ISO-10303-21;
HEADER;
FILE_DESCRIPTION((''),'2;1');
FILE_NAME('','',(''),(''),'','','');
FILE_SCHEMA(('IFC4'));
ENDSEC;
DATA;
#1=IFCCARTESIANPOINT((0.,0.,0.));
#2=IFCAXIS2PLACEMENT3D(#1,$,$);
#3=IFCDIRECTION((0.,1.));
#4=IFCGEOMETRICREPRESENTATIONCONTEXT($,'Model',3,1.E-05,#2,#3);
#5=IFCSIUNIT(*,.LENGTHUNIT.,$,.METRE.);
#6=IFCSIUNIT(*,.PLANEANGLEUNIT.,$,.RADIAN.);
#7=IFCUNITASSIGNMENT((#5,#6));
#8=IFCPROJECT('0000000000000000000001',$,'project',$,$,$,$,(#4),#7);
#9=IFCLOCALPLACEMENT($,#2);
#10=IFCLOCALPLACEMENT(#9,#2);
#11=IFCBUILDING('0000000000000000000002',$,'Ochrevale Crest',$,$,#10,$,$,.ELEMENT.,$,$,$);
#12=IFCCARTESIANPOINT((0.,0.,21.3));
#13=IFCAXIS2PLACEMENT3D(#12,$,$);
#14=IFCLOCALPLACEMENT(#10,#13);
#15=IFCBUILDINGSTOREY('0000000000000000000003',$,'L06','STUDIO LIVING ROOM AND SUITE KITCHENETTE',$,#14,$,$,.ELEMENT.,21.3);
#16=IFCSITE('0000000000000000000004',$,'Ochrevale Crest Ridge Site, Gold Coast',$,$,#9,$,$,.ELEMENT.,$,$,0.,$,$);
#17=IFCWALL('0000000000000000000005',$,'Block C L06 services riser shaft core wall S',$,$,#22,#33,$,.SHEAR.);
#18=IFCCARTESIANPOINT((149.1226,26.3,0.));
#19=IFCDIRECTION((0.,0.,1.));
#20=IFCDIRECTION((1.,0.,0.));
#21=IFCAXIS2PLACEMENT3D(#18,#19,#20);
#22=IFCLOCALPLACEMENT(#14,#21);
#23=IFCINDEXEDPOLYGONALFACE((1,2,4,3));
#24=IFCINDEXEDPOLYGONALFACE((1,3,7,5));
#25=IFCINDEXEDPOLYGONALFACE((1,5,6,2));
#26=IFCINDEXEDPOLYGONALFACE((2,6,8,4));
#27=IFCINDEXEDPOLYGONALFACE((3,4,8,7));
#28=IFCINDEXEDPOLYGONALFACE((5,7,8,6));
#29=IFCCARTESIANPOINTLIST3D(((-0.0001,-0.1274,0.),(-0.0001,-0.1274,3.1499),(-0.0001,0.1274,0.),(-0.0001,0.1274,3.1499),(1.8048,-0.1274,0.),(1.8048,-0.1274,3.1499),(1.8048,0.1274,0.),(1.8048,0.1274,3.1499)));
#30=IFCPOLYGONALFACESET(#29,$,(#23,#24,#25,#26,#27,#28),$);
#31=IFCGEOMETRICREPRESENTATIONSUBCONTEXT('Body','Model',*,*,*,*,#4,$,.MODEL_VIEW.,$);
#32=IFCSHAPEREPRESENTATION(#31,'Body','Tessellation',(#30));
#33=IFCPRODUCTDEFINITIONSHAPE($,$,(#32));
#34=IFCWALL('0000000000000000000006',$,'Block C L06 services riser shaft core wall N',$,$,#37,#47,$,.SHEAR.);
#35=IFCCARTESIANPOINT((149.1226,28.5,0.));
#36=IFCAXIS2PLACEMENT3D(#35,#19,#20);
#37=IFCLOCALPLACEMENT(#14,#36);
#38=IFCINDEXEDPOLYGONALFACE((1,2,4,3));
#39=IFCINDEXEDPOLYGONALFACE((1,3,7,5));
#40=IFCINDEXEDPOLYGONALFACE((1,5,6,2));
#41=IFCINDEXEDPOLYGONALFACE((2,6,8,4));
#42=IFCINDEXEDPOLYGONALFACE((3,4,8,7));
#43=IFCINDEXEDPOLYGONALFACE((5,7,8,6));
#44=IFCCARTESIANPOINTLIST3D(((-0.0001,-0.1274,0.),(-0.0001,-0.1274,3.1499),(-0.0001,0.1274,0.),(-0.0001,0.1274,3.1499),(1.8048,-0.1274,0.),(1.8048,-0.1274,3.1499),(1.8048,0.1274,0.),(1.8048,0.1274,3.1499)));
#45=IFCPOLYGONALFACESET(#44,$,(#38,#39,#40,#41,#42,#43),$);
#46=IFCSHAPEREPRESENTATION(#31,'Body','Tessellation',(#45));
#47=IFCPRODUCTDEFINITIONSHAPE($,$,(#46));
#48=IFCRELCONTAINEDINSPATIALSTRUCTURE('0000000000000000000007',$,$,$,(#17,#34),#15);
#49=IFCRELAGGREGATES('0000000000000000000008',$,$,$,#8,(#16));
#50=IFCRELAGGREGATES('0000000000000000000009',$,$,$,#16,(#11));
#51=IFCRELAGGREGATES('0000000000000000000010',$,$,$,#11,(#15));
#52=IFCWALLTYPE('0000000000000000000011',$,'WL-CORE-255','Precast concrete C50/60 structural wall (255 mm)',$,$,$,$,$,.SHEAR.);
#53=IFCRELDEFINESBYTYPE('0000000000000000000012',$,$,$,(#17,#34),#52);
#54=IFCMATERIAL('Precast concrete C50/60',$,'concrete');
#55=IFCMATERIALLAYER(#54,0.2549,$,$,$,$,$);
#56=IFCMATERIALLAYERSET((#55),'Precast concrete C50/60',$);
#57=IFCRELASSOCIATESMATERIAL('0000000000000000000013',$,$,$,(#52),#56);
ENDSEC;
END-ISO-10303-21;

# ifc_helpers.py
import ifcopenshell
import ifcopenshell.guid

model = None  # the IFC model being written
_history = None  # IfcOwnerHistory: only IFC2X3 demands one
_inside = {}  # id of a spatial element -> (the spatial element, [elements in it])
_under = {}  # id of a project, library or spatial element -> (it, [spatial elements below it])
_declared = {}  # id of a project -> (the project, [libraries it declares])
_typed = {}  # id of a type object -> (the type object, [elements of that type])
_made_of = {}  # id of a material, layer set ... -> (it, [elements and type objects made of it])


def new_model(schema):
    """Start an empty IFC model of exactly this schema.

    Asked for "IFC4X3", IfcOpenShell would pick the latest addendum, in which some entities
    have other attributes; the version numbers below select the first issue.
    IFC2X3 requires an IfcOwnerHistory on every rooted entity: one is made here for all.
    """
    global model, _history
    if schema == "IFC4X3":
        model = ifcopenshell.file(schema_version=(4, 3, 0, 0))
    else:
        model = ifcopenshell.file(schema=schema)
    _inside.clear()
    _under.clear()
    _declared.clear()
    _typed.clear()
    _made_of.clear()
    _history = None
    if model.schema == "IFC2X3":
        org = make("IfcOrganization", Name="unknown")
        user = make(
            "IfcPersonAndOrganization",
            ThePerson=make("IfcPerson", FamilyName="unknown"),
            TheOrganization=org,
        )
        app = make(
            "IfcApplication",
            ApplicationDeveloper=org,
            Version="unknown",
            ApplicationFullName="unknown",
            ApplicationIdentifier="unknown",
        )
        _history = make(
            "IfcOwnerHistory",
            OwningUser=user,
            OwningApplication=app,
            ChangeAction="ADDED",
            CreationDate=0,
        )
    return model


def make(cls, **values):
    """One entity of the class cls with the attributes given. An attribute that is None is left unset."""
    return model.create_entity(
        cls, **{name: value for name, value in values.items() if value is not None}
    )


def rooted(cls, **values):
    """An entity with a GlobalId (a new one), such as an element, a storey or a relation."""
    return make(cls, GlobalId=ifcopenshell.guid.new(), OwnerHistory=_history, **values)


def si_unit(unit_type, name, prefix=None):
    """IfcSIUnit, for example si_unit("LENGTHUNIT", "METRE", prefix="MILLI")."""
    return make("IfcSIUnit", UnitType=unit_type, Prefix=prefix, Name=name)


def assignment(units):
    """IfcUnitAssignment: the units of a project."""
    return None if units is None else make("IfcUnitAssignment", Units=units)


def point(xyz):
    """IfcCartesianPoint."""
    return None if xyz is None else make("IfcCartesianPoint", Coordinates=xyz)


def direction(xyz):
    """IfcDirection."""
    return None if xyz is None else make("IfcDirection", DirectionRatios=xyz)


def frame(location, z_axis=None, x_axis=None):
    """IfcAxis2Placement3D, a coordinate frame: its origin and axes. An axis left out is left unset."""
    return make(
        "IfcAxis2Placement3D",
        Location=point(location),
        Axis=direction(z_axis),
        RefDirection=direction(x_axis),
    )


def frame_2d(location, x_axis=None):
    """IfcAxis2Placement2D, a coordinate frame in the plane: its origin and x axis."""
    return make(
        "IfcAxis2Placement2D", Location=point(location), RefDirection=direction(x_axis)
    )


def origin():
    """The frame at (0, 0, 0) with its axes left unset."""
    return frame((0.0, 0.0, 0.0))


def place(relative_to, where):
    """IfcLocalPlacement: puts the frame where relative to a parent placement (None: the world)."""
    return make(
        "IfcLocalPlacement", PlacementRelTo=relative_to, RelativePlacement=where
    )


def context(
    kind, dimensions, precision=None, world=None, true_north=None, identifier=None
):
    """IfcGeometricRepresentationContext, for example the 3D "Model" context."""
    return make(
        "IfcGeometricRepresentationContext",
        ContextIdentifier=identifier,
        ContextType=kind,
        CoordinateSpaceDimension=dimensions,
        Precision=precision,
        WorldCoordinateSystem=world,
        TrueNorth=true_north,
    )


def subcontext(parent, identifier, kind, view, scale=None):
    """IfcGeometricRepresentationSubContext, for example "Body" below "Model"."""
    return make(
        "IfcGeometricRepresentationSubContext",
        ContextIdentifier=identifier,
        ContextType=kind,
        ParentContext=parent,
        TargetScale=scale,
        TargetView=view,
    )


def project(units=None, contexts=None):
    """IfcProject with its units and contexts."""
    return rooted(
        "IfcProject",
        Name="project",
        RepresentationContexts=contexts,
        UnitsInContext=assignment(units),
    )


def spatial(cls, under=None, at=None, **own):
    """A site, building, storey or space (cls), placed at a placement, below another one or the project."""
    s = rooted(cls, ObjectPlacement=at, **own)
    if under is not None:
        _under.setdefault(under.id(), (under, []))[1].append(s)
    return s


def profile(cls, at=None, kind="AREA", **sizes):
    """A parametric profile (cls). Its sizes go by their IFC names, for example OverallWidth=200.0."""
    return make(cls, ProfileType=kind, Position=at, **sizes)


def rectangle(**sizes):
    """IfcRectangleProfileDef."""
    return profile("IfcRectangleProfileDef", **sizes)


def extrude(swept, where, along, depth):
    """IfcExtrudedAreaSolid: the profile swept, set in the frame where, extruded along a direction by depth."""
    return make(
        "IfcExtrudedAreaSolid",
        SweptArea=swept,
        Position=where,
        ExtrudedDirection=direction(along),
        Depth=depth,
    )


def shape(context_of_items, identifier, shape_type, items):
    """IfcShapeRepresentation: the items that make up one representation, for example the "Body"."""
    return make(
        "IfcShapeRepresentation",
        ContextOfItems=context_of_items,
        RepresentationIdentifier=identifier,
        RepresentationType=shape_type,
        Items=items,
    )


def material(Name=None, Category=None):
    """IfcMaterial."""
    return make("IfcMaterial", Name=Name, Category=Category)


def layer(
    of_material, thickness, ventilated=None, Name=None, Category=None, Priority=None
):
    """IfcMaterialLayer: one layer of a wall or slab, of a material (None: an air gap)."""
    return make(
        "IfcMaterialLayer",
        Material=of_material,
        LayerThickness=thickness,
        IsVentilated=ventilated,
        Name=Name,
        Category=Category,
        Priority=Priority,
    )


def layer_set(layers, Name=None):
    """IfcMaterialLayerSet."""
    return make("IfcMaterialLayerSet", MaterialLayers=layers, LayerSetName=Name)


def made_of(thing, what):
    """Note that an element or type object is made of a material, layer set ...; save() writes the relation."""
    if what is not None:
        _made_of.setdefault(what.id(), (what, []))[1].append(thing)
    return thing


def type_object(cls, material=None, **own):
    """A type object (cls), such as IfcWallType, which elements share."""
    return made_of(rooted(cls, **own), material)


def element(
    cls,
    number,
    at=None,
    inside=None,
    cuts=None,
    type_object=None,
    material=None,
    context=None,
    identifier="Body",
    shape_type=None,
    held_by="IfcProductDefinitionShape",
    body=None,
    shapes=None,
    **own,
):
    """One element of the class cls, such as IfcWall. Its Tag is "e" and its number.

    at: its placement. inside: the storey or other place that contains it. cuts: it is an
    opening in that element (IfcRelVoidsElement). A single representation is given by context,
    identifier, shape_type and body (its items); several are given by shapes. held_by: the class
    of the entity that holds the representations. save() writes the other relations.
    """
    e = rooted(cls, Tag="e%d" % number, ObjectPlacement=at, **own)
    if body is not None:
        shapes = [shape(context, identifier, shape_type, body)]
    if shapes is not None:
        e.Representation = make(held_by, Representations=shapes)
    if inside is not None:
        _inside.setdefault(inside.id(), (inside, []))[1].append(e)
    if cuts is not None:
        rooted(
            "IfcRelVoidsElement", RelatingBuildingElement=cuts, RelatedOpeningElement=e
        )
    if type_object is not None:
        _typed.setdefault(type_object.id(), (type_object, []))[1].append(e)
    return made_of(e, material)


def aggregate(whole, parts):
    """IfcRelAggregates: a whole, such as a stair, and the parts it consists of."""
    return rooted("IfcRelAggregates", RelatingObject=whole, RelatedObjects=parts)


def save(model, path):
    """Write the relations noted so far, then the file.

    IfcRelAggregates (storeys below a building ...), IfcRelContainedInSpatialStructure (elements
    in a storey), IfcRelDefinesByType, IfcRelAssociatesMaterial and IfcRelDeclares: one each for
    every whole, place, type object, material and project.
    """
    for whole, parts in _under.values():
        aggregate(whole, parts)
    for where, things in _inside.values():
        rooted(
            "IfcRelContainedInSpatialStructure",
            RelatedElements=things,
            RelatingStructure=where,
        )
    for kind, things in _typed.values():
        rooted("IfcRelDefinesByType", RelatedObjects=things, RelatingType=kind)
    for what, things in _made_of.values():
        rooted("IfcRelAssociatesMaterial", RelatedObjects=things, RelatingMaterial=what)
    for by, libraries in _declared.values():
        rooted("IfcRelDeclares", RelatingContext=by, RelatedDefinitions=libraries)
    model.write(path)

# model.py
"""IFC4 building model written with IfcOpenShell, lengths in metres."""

from ifc_helpers import new_model, si_unit, direction, frame, frame_2d, origin, place, context, subcontext, project, spatial, rectangle, extrude, material, layer, layer_set, type_object, element, save


model = new_model("IFC4")

# Units and contexts
model_context = context("Model", 3, precision=1e-05, world=origin(), true_north=direction((0.0, 1.0)))
body_context = subcontext(model_context, "Body", "Model", "MODEL_VIEW")
ifc_project = project(units=[si_unit("LENGTHUNIT", "METRE"), si_unit("PLANEANGLEUNIT", "RADIAN")], contexts=[model_context])

# Site, building, storey
site_placement = place(None, origin())
site = spatial("IfcSite", under=ifc_project, at=site_placement, Name="Ochrevale Crest Ridge Site, Gold Coast", CompositionType="ELEMENT", RefElevation=0.0)
building_placement = place(site_placement, origin())
building = spatial("IfcBuilding", under=site, at=building_placement, Name="Ochrevale Crest", CompositionType="ELEMENT")
storey_placement = place(building_placement, frame((0.0, 0.0, 21.3)))
storey = spatial("IfcBuildingStorey", under=building, at=storey_placement, Name="L06", Description="STUDIO LIVING ROOM AND SUITE KITCHENETTE", CompositionType="ELEMENT", Elevation=21.3)

# Shared definitions
ifc_material_1 = material(Name="Precast concrete C50/60", Category="concrete")

# Shared definitions
ifc_layer_1 = layer(ifc_material_1, 0.2549)
ifc_layer_set_1 = layer_set([ifc_layer_1], Name="Precast concrete C50/60")
wall_type_1 = type_object("IfcWallType", Name="WL-CORE-255", Description="Precast concrete C50/60 structural wall (255 mm)", PredefinedType="SHEAR", material=ifc_layer_set_1)

# Walls
for number, where, z_axis, x_axis, name in (
    (1, (149.1226, 26.3, 0.0), (0.0, 0.0, 1.0), (1.0, 0.0, 0.0), "Block C L06 services riser shaft core wall S"),
    (2, (149.1226, 28.5, 0.0), (0.0, 0.0, 1.0), (1.0, 0.0, 0.0), "Block C L06 services riser shaft core wall N"),
):
    element("IfcWall", number, at=place(storey_placement, frame(where, z_axis=z_axis, x_axis=x_axis)), inside=storey, type_object=wall_type_1, Name=name, PredefinedType="SHEAR", context=body_context, shape_type="SweptSolid", body=[
        extrude(rectangle(XDim=1.8049, YDim=0.2549, at=frame_2d((0.9023, 0.0))), origin(), (0.0, 0.0, 1.0), 3.1499),
    ])

save(model, "model.ifc")
